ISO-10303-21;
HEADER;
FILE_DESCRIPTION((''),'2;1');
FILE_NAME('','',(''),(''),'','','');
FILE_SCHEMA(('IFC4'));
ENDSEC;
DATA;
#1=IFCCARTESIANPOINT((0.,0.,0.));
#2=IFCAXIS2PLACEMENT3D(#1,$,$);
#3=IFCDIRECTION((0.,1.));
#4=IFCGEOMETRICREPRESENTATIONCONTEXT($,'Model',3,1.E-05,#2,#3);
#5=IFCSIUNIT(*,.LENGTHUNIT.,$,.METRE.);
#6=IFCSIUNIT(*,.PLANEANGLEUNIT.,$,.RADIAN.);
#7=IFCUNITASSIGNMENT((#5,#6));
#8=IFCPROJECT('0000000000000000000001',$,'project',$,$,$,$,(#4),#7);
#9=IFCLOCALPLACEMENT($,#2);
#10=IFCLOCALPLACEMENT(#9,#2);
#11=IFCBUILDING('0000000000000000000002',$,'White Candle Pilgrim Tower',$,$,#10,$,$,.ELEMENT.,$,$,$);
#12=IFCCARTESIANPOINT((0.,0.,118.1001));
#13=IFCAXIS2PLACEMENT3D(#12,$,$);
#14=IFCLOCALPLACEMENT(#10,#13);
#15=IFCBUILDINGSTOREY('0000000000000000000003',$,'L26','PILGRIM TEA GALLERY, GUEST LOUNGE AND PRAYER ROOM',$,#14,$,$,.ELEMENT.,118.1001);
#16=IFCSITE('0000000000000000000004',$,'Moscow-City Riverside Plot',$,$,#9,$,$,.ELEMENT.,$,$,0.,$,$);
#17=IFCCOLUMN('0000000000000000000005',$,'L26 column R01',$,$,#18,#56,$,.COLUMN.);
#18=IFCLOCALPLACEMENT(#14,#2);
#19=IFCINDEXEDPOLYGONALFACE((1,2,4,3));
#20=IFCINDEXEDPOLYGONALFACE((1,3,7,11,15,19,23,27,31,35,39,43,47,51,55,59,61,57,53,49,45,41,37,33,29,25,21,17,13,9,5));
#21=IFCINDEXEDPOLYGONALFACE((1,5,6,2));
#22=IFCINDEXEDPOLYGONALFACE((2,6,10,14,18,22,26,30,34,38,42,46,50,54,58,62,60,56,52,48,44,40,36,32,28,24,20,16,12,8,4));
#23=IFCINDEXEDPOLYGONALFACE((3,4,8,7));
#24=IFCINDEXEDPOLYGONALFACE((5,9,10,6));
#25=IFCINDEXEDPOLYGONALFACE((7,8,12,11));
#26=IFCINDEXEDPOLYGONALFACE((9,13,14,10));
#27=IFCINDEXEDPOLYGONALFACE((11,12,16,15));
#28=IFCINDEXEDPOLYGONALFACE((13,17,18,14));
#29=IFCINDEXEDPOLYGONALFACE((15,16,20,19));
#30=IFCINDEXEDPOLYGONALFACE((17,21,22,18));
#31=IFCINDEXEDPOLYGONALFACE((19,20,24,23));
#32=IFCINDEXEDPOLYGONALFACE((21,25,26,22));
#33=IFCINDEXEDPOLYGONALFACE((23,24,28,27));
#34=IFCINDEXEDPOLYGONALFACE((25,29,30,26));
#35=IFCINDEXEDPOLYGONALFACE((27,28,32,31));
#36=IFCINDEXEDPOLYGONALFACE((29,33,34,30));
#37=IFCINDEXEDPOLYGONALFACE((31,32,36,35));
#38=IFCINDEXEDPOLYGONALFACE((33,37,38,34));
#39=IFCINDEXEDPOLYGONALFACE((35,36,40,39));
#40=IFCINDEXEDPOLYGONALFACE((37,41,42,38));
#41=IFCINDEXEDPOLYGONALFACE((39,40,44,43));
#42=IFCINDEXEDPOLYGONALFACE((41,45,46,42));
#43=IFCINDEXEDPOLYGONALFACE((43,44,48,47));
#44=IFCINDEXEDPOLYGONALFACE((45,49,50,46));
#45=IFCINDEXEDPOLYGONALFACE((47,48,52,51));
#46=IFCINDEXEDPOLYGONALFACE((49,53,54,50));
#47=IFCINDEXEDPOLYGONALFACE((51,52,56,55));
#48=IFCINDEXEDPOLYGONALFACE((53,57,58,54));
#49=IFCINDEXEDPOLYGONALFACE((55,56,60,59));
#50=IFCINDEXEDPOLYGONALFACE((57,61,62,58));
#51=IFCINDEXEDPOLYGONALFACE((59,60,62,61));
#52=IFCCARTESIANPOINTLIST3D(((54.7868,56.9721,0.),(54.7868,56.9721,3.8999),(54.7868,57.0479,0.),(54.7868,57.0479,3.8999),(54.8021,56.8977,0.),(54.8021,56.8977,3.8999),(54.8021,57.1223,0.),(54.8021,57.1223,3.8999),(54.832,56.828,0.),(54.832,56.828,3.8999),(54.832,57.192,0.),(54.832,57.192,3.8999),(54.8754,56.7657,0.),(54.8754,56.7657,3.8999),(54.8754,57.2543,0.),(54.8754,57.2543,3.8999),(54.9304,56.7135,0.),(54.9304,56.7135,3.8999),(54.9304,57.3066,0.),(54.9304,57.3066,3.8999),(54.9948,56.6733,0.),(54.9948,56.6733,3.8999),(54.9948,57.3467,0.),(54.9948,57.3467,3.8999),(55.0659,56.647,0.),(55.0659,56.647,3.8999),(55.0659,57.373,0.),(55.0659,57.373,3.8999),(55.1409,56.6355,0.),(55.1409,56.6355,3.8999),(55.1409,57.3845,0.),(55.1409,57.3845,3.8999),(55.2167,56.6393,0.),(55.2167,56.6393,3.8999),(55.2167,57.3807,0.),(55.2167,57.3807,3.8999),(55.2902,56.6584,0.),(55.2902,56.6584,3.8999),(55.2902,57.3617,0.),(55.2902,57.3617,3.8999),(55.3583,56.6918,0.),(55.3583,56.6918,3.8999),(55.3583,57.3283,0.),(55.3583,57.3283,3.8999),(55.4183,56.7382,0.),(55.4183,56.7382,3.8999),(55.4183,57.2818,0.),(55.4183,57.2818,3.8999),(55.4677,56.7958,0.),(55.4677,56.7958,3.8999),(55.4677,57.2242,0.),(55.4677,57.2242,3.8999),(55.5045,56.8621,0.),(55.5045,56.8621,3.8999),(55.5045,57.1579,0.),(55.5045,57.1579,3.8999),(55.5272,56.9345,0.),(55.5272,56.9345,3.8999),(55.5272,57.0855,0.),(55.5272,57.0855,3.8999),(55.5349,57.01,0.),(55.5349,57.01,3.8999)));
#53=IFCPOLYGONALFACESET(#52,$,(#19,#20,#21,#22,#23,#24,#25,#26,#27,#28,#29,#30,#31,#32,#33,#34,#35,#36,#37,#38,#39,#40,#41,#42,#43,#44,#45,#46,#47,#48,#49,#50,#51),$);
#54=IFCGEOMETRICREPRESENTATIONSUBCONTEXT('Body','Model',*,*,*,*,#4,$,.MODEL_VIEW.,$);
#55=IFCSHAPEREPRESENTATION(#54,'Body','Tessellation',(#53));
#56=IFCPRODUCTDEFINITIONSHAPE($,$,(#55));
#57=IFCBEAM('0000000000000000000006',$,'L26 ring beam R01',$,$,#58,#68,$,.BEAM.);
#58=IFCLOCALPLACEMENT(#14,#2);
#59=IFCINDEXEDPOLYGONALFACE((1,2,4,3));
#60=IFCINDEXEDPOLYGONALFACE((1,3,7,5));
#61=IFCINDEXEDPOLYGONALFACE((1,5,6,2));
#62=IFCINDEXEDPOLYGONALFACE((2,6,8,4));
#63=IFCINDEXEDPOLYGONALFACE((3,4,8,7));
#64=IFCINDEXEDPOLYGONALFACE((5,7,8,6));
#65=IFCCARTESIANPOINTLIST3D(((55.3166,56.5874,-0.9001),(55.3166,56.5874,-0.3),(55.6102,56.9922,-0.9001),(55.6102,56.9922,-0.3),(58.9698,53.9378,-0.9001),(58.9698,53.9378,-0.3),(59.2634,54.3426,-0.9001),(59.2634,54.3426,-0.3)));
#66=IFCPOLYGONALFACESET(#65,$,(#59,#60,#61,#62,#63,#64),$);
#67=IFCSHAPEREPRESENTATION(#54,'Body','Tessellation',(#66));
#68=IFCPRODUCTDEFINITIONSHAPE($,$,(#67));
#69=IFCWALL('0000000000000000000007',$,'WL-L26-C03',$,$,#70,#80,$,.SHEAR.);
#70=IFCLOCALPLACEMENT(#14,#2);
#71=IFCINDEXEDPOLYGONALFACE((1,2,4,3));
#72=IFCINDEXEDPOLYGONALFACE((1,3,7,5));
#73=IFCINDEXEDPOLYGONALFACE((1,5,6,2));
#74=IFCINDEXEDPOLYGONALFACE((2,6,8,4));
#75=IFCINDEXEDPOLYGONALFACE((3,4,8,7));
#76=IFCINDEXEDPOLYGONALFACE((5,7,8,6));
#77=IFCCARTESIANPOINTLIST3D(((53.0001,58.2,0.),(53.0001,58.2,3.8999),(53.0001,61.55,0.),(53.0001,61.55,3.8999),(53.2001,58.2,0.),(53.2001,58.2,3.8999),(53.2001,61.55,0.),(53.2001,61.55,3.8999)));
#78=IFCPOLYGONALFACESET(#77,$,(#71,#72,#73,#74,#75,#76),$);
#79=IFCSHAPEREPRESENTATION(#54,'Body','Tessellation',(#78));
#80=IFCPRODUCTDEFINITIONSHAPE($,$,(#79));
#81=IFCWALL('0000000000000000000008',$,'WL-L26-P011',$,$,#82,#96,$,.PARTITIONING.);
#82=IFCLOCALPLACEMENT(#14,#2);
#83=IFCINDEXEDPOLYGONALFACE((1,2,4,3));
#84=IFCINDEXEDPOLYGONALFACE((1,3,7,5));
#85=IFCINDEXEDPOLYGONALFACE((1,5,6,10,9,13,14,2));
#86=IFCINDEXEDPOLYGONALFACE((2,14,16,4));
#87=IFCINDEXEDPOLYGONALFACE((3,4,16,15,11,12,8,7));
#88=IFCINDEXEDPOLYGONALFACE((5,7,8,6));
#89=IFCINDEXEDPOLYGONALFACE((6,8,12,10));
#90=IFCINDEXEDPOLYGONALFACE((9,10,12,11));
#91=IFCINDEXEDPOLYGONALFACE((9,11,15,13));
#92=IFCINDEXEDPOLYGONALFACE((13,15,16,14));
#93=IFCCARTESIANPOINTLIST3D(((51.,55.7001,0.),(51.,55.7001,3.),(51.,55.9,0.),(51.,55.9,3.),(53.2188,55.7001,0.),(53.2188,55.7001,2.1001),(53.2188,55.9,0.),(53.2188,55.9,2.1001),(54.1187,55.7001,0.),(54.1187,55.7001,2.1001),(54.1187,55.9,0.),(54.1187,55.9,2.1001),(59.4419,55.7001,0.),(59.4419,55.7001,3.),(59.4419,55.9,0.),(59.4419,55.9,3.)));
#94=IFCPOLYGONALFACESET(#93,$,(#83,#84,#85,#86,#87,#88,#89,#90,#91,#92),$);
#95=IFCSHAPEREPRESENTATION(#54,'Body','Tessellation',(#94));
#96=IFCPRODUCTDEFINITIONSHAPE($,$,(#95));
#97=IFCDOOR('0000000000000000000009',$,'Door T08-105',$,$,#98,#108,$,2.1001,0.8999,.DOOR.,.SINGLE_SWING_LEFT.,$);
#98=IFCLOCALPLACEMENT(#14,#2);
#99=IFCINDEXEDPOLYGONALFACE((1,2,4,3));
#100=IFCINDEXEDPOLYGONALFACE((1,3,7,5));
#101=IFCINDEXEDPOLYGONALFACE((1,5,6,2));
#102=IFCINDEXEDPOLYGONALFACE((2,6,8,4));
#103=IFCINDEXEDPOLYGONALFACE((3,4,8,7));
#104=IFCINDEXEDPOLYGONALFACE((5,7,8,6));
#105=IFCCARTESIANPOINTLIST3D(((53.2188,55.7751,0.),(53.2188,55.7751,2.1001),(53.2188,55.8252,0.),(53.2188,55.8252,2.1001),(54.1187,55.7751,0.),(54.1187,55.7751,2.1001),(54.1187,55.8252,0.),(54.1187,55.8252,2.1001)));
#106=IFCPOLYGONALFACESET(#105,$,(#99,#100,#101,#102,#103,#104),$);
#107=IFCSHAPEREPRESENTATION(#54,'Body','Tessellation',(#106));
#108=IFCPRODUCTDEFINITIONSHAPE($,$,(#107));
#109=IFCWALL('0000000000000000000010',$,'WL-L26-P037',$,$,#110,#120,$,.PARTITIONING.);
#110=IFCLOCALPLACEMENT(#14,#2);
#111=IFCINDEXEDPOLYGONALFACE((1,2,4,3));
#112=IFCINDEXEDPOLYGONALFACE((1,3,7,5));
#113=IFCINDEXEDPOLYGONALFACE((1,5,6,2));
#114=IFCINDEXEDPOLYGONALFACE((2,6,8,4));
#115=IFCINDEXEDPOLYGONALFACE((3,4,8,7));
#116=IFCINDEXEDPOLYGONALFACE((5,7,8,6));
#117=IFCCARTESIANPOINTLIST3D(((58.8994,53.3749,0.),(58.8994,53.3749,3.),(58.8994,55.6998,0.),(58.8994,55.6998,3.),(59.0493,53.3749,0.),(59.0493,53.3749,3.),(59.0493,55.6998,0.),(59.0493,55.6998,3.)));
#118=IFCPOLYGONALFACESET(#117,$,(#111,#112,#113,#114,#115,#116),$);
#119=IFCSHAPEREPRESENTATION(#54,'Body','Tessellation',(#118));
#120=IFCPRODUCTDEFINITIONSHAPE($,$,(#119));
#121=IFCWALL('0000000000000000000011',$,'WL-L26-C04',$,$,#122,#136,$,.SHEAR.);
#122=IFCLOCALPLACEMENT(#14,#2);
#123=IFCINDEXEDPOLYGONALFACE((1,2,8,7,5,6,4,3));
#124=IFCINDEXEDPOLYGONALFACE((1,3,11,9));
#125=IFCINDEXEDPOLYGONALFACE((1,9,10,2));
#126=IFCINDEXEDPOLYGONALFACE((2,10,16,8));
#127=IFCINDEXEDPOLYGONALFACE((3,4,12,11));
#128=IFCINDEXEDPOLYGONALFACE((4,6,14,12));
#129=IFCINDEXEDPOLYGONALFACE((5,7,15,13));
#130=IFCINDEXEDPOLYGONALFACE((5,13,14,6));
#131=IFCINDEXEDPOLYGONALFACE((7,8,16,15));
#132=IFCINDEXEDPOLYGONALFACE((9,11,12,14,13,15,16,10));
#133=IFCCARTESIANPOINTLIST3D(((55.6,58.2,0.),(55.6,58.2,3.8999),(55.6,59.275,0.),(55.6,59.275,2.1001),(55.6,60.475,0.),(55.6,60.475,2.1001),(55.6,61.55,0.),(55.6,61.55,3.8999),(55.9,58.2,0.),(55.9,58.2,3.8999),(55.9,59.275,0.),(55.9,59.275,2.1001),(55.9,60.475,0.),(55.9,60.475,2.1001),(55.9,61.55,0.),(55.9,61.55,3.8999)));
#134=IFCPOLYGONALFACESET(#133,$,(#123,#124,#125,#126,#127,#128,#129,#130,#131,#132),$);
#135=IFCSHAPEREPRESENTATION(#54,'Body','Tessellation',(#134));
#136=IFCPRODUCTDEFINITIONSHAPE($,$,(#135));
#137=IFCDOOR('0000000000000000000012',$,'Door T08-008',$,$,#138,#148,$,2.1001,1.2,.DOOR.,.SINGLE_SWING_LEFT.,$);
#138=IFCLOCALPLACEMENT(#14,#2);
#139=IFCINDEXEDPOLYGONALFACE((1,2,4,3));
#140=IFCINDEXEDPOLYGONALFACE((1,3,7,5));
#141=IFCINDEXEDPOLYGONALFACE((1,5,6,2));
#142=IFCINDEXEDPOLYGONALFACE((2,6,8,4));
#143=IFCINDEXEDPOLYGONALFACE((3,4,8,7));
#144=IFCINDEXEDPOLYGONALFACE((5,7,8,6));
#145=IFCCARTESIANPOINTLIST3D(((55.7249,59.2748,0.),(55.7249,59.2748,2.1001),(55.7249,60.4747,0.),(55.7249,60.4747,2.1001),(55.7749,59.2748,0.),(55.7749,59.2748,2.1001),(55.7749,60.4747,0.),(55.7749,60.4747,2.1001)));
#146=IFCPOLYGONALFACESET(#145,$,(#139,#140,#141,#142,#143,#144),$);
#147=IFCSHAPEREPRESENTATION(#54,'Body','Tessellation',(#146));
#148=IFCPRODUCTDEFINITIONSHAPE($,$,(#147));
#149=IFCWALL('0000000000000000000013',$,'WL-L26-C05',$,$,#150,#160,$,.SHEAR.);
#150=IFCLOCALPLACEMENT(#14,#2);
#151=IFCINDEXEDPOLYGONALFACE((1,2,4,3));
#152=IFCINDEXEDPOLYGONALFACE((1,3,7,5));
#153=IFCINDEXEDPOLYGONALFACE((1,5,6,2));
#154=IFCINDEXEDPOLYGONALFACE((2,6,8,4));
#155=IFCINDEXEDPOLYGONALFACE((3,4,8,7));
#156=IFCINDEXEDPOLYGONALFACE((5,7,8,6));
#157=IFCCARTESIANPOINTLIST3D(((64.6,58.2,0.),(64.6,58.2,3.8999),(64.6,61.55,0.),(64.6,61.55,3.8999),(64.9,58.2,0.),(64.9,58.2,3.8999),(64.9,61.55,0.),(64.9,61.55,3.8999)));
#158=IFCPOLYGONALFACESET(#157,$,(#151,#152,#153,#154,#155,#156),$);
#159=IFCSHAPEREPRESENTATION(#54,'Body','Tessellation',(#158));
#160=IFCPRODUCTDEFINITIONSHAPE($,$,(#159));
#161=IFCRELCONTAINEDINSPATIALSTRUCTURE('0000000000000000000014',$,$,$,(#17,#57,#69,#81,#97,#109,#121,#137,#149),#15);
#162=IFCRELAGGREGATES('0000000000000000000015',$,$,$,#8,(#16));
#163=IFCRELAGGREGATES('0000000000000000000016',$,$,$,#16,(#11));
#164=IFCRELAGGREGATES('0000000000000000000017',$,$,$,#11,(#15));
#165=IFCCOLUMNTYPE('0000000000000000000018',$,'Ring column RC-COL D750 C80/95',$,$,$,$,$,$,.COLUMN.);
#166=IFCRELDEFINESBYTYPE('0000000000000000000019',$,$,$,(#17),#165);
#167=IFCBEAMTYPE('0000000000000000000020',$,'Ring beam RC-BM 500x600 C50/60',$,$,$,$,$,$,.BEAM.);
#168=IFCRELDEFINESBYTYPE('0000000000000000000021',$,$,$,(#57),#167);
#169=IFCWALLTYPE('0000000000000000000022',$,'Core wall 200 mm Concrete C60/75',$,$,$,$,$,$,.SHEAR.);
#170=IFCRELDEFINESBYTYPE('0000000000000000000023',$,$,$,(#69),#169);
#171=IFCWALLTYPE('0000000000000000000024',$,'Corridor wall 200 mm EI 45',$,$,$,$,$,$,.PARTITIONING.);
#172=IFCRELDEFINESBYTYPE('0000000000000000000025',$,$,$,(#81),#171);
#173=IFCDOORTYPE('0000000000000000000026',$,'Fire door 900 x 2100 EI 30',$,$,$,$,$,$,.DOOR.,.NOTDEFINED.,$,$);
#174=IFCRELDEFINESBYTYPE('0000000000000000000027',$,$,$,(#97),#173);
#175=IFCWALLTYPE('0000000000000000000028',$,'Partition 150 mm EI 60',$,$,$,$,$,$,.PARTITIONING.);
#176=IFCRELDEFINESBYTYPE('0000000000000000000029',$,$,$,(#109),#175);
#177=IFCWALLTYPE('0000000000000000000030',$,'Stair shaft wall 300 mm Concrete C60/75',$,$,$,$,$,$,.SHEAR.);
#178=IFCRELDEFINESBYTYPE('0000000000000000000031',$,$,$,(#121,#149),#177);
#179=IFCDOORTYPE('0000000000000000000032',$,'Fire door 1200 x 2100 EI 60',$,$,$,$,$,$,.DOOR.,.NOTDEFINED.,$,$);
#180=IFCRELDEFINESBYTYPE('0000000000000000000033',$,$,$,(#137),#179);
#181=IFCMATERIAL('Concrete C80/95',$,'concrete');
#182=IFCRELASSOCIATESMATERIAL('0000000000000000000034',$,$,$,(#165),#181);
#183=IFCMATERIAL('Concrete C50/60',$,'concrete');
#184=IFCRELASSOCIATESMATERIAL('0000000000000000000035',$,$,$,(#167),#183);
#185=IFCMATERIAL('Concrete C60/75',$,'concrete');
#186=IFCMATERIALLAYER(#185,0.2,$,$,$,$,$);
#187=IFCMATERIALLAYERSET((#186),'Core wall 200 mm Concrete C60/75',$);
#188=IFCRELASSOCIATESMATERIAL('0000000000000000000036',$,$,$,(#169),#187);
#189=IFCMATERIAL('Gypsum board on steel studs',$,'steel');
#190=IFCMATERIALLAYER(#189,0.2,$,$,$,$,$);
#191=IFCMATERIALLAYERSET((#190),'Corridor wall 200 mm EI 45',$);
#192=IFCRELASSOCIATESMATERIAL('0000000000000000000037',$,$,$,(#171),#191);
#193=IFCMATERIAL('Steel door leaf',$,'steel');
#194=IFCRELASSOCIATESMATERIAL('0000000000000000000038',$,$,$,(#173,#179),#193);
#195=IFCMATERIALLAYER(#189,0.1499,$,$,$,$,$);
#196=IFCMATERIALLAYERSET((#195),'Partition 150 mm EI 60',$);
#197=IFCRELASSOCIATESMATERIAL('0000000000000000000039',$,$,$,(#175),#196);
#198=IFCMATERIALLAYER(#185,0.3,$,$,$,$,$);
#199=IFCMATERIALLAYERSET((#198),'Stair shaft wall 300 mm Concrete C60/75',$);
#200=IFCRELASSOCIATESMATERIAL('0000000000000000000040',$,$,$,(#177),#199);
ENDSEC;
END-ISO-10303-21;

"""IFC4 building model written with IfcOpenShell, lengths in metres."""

from ifc_helpers import new_model, si_unit, direction, frame, frame_2d, origin, origin_2d, place, context, subcontext, project, spatial, rectangle, circle, extrude, material, layer, layer_set, material_profile, profile_set, type_object, element, fill, save


model = new_model("IFC4")

# Units and contexts
model_context = context("Model", 3, precision=1e-05, world=origin(), true_north=direction((0.0, 1.0)))
body_context = subcontext(model_context, "Body", "Model", "MODEL_VIEW")
ifc_project = project(units=[si_unit("LENGTHUNIT", "METRE"), si_unit("PLANEANGLEUNIT", "RADIAN")], contexts=[model_context])

# Site, building, storey
site_placement = place(None, origin())
site = spatial("IfcSite", under=ifc_project, at=site_placement, Name="Moscow-City Riverside Plot", CompositionType="ELEMENT", RefElevation=0.0)
building_placement = place(site_placement, origin())
building = spatial("IfcBuilding", under=site, at=building_placement, Name="White Candle Pilgrim Tower", CompositionType="ELEMENT")
storey_placement = place(building_placement, frame((0.0, 0.0, 118.1001)))
storey = spatial("IfcBuildingStorey", under=building, at=storey_placement, Name="L26", Description="PILGRIM TEA GALLERY, GUEST LOUNGE AND PRAYER ROOM", CompositionType="ELEMENT", Elevation=118.1001)

# Column
ifc_material_1 = material(Name="Concrete C80/95", Category="concrete")
ifc_material_profile_1 = material_profile(ifc_material_1, circle(Radius=0.375, at=origin_2d()), Name="RC-COL D750")
ifc_profile_set_1 = profile_set([ifc_material_profile_1], Name="Concrete C80/95")
column_type = type_object("IfcColumnType", Name="Ring column RC-COL D750 C80/95", PredefinedType="COLUMN", material=ifc_profile_set_1)
column_placement = place(storey_placement, frame((55.1599, 57.01, 0.0), z_axis=(0.0, 0.0, 1.0), x_axis=(1.0, 0.0, 0.0)))
element("IfcColumn", 1, at=column_placement, inside=storey, type_object=column_type, Name="L26 column R01", PredefinedType="COLUMN", context=body_context, shape_type="SweptSolid", body=[
    extrude(circle(Radius=0.375, at=origin_2d()), origin(), (0.0, 0.0, 1.0), 3.8999),
])

# Beam
ifc_material_2 = material(Name="Concrete C50/60", Category="concrete")
ifc_material_profile_2 = material_profile(ifc_material_2, rectangle(XDim=0.5, YDim=0.6001, at=origin_2d()), Name="RC-BM 500x600")
ifc_profile_set_2 = profile_set([ifc_material_profile_2], Name="Concrete C50/60")
beam_type = type_object("IfcBeamType", Name="Ring beam RC-BM 500x600 C50/60", PredefinedType="BEAM", material=ifc_profile_set_2)
beam_placement = place(storey_placement, frame((55.4634, 56.7898, -0.6001), z_axis=(0.809505, -0.587113, 0.0), x_axis=(0.587113, 0.809505, 0.0)))
element("IfcBeam", 2, at=beam_placement, inside=storey, type_object=beam_type, Name="L26 ring beam R01", PredefinedType="BEAM", context=body_context, shape_type="SweptSolid", body=[
    extrude(rectangle(XDim=0.5, YDim=0.6001, at=origin_2d()), origin(), (0.0, 0.0, 1.0), 4.5129),
])

# Wall
ifc_material_3 = material(Name="Concrete C60/75", Category="concrete")
ifc_layer_1 = layer(ifc_material_3, 0.2)
ifc_layer_set_1 = layer_set([ifc_layer_1], Name="Core wall 200 mm Concrete C60/75")
wall_type_1 = type_object("IfcWallType", Name="Core wall 200 mm Concrete C60/75", PredefinedType="SHEAR", material=ifc_layer_set_1)
wall_1_placement = place(storey_placement, frame((53.1001, 58.2, 0.0), z_axis=(0.0, 0.0, 1.0), x_axis=(0.0, 1.0, 0.0)))
element("IfcWall", 3, at=wall_1_placement, inside=storey, type_object=wall_type_1, Name="WL-L26-C03", PredefinedType="SHEAR", context=body_context, shape_type="SweptSolid", body=[
    extrude(rectangle(XDim=3.3501, YDim=0.2, at=frame_2d((1.675, 0.0))), origin(), (0.0, 0.0, 1.0), 3.8999),
])

# Wall, opening, door
ifc_material_4 = material(Name="Gypsum board on steel studs", Category="steel")
ifc_layer_2 = layer(ifc_material_4, 0.2)
ifc_layer_set_2 = layer_set([ifc_layer_2], Name="Corridor wall 200 mm EI 45")
wall_type_2 = type_object("IfcWallType", Name="Corridor wall 200 mm EI 45", PredefinedType="PARTITIONING", material=ifc_layer_set_2)
wall_2_placement = place(storey_placement, frame((59.4419, 55.8, 0.0), z_axis=(0.0, 0.0, 1.0), x_axis=(-1.0, 0.0, 0.0)))
wall_2 = element("IfcWall", 4, at=wall_2_placement, inside=storey, type_object=wall_type_2, Name="WL-L26-P011", PredefinedType="PARTITIONING", context=body_context, shape_type="SweptSolid", body=[
    extrude(rectangle(XDim=8.4419, YDim=0.2, at=frame_2d((4.2209, 0.0))), origin(), (0.0, 0.0, 1.0), 3.0),
])
opening_1_placement = place(wall_2_placement, frame((5.3232, 0.0, 0.0)))
opening_1 = element("IfcOpeningElement", 5, at=opening_1_placement, cuts=wall_2, PredefinedType="OPENING", context=body_context, shape_type="SweptSolid", body=[
    extrude(rectangle(XDim=0.8999, YDim=2.1001, at=frame_2d((0.45, 1.05))), frame((0.0, 0.1099, 0.0), z_axis=(0.0, -1.0, 0.0), x_axis=(1.0, 0.0, 0.0)), (0.0, 0.0, 1.0), 0.22),
])
ifc_material_5 = material(Name="Steel door leaf", Category="steel")
door_type_1 = type_object("IfcDoorType", Name="Fire door 900 x 2100 EI 30", OperationType="NOTDEFINED", PredefinedType="DOOR", material=ifc_material_5)
door_1_placement = place(opening_1_placement, origin())
door_1 = element("IfcDoor", 6, at=door_1_placement, inside=storey, type_object=door_type_1, Name="Door T08-105", OperationType="SINGLE_SWING_LEFT", OverallHeight=2.1001, OverallWidth=0.8999, PredefinedType="DOOR", context=body_context, shape_type="SweptSolid", body=[
    extrude(rectangle(XDim=0.8999, YDim=2.1001, at=frame_2d((0.45, 1.05))), frame((0.0, 0.0249, 0.0), z_axis=(0.0, -1.0, 0.0), x_axis=(1.0, 0.0, 0.0)), (0.0, 0.0, 1.0), 0.05),
])
fill(opening_1, door_1)

# Wall
ifc_layer_3 = layer(ifc_material_4, 0.1499)
ifc_layer_set_3 = layer_set([ifc_layer_3], Name="Partition 150 mm EI 60")
wall_type_3 = type_object("IfcWallType", Name="Partition 150 mm EI 60", PredefinedType="PARTITIONING", material=ifc_layer_set_3)
wall_3_placement = place(storey_placement, frame((58.9744, 55.7, 0.0), z_axis=(0.0, 0.0, 1.0), x_axis=(0.0, -1.0, 0.0)))
element("IfcWall", 7, at=wall_3_placement, inside=storey, type_object=wall_type_3, Name="WL-L26-P037", PredefinedType="PARTITIONING", context=body_context, shape_type="SweptSolid", body=[
    extrude(rectangle(XDim=2.325, YDim=0.1499, at=frame_2d((1.1626, 0.0))), origin(), (0.0, 0.0, 1.0), 3.0),
])

# Wall, opening, door
ifc_layer_4 = layer(ifc_material_3, 0.3)
ifc_layer_set_4 = layer_set([ifc_layer_4], Name="Stair shaft wall 300 mm Concrete C60/75")
wall_type_4 = type_object("IfcWallType", Name="Stair shaft wall 300 mm Concrete C60/75", PredefinedType="SHEAR", material=ifc_layer_set_4)
wall_4_placement = place(storey_placement, frame((55.75, 58.2, 0.0), z_axis=(0.0, 0.0, 1.0), x_axis=(0.0, 1.0, 0.0)))
wall_4 = element("IfcWall", 8, at=wall_4_placement, inside=storey, type_object=wall_type_4, Name="WL-L26-C04", PredefinedType="SHEAR", context=body_context, shape_type="SweptSolid", body=[
    extrude(rectangle(XDim=3.3501, YDim=0.3, at=frame_2d((1.675, 0.0))), origin(), (0.0, 0.0, 1.0), 3.8999),
])
opening_2_placement = place(wall_4_placement, frame((1.075, 0.0, 0.0)))
opening_2 = element("IfcOpeningElement", 9, at=opening_2_placement, cuts=wall_4, PredefinedType="OPENING", context=body_context, shape_type="SweptSolid", body=[
    extrude(rectangle(XDim=1.2, YDim=2.1001, at=frame_2d((0.6001, 1.05))), frame((0.0, 0.1599, 0.0), z_axis=(0.0, -1.0, 0.0), x_axis=(1.0, 0.0, 0.0)), (0.0, 0.0, 1.0), 0.3201),
])
door_type_2 = type_object("IfcDoorType", Name="Fire door 1200 x 2100 EI 60", OperationType="NOTDEFINED", PredefinedType="DOOR", material=ifc_material_5)
door_2_placement = place(opening_2_placement, frame((1.2, 0.0, 0.0), z_axis=(0.0, 0.0, 1.0), x_axis=(-1.0, 0.0, 0.0)))
door_2 = element("IfcDoor", 10, at=door_2_placement, inside=storey, type_object=door_type_2, Name="Door T08-008", OperationType="SINGLE_SWING_LEFT", OverallHeight=2.1001, OverallWidth=1.2, PredefinedType="DOOR", context=body_context, shape_type="SweptSolid", body=[
    extrude(rectangle(XDim=1.2, YDim=2.1001, at=frame_2d((0.6001, 1.05))), frame((0.0, 0.0249, 0.0), z_axis=(0.0, -1.0, 0.0), x_axis=(1.0, 0.0, 0.0)), (0.0, 0.0, 1.0), 0.05),
])
fill(opening_2, door_2)

# Wall
wall_5_placement = place(storey_placement, frame((64.75, 58.2, 0.0), z_axis=(0.0, 0.0, 1.0), x_axis=(0.0, 1.0, 0.0)))
element("IfcWall", 11, at=wall_5_placement, inside=storey, type_object=wall_type_4, Name="WL-L26-C05", PredefinedType="SHEAR", context=body_context, shape_type="SweptSolid", body=[
    extrude(rectangle(XDim=3.3501, YDim=0.3, at=frame_2d((1.675, 0.0))), origin(), (0.0, 0.0, 1.0), 3.8999),
])

save(model, "model.ifc")
